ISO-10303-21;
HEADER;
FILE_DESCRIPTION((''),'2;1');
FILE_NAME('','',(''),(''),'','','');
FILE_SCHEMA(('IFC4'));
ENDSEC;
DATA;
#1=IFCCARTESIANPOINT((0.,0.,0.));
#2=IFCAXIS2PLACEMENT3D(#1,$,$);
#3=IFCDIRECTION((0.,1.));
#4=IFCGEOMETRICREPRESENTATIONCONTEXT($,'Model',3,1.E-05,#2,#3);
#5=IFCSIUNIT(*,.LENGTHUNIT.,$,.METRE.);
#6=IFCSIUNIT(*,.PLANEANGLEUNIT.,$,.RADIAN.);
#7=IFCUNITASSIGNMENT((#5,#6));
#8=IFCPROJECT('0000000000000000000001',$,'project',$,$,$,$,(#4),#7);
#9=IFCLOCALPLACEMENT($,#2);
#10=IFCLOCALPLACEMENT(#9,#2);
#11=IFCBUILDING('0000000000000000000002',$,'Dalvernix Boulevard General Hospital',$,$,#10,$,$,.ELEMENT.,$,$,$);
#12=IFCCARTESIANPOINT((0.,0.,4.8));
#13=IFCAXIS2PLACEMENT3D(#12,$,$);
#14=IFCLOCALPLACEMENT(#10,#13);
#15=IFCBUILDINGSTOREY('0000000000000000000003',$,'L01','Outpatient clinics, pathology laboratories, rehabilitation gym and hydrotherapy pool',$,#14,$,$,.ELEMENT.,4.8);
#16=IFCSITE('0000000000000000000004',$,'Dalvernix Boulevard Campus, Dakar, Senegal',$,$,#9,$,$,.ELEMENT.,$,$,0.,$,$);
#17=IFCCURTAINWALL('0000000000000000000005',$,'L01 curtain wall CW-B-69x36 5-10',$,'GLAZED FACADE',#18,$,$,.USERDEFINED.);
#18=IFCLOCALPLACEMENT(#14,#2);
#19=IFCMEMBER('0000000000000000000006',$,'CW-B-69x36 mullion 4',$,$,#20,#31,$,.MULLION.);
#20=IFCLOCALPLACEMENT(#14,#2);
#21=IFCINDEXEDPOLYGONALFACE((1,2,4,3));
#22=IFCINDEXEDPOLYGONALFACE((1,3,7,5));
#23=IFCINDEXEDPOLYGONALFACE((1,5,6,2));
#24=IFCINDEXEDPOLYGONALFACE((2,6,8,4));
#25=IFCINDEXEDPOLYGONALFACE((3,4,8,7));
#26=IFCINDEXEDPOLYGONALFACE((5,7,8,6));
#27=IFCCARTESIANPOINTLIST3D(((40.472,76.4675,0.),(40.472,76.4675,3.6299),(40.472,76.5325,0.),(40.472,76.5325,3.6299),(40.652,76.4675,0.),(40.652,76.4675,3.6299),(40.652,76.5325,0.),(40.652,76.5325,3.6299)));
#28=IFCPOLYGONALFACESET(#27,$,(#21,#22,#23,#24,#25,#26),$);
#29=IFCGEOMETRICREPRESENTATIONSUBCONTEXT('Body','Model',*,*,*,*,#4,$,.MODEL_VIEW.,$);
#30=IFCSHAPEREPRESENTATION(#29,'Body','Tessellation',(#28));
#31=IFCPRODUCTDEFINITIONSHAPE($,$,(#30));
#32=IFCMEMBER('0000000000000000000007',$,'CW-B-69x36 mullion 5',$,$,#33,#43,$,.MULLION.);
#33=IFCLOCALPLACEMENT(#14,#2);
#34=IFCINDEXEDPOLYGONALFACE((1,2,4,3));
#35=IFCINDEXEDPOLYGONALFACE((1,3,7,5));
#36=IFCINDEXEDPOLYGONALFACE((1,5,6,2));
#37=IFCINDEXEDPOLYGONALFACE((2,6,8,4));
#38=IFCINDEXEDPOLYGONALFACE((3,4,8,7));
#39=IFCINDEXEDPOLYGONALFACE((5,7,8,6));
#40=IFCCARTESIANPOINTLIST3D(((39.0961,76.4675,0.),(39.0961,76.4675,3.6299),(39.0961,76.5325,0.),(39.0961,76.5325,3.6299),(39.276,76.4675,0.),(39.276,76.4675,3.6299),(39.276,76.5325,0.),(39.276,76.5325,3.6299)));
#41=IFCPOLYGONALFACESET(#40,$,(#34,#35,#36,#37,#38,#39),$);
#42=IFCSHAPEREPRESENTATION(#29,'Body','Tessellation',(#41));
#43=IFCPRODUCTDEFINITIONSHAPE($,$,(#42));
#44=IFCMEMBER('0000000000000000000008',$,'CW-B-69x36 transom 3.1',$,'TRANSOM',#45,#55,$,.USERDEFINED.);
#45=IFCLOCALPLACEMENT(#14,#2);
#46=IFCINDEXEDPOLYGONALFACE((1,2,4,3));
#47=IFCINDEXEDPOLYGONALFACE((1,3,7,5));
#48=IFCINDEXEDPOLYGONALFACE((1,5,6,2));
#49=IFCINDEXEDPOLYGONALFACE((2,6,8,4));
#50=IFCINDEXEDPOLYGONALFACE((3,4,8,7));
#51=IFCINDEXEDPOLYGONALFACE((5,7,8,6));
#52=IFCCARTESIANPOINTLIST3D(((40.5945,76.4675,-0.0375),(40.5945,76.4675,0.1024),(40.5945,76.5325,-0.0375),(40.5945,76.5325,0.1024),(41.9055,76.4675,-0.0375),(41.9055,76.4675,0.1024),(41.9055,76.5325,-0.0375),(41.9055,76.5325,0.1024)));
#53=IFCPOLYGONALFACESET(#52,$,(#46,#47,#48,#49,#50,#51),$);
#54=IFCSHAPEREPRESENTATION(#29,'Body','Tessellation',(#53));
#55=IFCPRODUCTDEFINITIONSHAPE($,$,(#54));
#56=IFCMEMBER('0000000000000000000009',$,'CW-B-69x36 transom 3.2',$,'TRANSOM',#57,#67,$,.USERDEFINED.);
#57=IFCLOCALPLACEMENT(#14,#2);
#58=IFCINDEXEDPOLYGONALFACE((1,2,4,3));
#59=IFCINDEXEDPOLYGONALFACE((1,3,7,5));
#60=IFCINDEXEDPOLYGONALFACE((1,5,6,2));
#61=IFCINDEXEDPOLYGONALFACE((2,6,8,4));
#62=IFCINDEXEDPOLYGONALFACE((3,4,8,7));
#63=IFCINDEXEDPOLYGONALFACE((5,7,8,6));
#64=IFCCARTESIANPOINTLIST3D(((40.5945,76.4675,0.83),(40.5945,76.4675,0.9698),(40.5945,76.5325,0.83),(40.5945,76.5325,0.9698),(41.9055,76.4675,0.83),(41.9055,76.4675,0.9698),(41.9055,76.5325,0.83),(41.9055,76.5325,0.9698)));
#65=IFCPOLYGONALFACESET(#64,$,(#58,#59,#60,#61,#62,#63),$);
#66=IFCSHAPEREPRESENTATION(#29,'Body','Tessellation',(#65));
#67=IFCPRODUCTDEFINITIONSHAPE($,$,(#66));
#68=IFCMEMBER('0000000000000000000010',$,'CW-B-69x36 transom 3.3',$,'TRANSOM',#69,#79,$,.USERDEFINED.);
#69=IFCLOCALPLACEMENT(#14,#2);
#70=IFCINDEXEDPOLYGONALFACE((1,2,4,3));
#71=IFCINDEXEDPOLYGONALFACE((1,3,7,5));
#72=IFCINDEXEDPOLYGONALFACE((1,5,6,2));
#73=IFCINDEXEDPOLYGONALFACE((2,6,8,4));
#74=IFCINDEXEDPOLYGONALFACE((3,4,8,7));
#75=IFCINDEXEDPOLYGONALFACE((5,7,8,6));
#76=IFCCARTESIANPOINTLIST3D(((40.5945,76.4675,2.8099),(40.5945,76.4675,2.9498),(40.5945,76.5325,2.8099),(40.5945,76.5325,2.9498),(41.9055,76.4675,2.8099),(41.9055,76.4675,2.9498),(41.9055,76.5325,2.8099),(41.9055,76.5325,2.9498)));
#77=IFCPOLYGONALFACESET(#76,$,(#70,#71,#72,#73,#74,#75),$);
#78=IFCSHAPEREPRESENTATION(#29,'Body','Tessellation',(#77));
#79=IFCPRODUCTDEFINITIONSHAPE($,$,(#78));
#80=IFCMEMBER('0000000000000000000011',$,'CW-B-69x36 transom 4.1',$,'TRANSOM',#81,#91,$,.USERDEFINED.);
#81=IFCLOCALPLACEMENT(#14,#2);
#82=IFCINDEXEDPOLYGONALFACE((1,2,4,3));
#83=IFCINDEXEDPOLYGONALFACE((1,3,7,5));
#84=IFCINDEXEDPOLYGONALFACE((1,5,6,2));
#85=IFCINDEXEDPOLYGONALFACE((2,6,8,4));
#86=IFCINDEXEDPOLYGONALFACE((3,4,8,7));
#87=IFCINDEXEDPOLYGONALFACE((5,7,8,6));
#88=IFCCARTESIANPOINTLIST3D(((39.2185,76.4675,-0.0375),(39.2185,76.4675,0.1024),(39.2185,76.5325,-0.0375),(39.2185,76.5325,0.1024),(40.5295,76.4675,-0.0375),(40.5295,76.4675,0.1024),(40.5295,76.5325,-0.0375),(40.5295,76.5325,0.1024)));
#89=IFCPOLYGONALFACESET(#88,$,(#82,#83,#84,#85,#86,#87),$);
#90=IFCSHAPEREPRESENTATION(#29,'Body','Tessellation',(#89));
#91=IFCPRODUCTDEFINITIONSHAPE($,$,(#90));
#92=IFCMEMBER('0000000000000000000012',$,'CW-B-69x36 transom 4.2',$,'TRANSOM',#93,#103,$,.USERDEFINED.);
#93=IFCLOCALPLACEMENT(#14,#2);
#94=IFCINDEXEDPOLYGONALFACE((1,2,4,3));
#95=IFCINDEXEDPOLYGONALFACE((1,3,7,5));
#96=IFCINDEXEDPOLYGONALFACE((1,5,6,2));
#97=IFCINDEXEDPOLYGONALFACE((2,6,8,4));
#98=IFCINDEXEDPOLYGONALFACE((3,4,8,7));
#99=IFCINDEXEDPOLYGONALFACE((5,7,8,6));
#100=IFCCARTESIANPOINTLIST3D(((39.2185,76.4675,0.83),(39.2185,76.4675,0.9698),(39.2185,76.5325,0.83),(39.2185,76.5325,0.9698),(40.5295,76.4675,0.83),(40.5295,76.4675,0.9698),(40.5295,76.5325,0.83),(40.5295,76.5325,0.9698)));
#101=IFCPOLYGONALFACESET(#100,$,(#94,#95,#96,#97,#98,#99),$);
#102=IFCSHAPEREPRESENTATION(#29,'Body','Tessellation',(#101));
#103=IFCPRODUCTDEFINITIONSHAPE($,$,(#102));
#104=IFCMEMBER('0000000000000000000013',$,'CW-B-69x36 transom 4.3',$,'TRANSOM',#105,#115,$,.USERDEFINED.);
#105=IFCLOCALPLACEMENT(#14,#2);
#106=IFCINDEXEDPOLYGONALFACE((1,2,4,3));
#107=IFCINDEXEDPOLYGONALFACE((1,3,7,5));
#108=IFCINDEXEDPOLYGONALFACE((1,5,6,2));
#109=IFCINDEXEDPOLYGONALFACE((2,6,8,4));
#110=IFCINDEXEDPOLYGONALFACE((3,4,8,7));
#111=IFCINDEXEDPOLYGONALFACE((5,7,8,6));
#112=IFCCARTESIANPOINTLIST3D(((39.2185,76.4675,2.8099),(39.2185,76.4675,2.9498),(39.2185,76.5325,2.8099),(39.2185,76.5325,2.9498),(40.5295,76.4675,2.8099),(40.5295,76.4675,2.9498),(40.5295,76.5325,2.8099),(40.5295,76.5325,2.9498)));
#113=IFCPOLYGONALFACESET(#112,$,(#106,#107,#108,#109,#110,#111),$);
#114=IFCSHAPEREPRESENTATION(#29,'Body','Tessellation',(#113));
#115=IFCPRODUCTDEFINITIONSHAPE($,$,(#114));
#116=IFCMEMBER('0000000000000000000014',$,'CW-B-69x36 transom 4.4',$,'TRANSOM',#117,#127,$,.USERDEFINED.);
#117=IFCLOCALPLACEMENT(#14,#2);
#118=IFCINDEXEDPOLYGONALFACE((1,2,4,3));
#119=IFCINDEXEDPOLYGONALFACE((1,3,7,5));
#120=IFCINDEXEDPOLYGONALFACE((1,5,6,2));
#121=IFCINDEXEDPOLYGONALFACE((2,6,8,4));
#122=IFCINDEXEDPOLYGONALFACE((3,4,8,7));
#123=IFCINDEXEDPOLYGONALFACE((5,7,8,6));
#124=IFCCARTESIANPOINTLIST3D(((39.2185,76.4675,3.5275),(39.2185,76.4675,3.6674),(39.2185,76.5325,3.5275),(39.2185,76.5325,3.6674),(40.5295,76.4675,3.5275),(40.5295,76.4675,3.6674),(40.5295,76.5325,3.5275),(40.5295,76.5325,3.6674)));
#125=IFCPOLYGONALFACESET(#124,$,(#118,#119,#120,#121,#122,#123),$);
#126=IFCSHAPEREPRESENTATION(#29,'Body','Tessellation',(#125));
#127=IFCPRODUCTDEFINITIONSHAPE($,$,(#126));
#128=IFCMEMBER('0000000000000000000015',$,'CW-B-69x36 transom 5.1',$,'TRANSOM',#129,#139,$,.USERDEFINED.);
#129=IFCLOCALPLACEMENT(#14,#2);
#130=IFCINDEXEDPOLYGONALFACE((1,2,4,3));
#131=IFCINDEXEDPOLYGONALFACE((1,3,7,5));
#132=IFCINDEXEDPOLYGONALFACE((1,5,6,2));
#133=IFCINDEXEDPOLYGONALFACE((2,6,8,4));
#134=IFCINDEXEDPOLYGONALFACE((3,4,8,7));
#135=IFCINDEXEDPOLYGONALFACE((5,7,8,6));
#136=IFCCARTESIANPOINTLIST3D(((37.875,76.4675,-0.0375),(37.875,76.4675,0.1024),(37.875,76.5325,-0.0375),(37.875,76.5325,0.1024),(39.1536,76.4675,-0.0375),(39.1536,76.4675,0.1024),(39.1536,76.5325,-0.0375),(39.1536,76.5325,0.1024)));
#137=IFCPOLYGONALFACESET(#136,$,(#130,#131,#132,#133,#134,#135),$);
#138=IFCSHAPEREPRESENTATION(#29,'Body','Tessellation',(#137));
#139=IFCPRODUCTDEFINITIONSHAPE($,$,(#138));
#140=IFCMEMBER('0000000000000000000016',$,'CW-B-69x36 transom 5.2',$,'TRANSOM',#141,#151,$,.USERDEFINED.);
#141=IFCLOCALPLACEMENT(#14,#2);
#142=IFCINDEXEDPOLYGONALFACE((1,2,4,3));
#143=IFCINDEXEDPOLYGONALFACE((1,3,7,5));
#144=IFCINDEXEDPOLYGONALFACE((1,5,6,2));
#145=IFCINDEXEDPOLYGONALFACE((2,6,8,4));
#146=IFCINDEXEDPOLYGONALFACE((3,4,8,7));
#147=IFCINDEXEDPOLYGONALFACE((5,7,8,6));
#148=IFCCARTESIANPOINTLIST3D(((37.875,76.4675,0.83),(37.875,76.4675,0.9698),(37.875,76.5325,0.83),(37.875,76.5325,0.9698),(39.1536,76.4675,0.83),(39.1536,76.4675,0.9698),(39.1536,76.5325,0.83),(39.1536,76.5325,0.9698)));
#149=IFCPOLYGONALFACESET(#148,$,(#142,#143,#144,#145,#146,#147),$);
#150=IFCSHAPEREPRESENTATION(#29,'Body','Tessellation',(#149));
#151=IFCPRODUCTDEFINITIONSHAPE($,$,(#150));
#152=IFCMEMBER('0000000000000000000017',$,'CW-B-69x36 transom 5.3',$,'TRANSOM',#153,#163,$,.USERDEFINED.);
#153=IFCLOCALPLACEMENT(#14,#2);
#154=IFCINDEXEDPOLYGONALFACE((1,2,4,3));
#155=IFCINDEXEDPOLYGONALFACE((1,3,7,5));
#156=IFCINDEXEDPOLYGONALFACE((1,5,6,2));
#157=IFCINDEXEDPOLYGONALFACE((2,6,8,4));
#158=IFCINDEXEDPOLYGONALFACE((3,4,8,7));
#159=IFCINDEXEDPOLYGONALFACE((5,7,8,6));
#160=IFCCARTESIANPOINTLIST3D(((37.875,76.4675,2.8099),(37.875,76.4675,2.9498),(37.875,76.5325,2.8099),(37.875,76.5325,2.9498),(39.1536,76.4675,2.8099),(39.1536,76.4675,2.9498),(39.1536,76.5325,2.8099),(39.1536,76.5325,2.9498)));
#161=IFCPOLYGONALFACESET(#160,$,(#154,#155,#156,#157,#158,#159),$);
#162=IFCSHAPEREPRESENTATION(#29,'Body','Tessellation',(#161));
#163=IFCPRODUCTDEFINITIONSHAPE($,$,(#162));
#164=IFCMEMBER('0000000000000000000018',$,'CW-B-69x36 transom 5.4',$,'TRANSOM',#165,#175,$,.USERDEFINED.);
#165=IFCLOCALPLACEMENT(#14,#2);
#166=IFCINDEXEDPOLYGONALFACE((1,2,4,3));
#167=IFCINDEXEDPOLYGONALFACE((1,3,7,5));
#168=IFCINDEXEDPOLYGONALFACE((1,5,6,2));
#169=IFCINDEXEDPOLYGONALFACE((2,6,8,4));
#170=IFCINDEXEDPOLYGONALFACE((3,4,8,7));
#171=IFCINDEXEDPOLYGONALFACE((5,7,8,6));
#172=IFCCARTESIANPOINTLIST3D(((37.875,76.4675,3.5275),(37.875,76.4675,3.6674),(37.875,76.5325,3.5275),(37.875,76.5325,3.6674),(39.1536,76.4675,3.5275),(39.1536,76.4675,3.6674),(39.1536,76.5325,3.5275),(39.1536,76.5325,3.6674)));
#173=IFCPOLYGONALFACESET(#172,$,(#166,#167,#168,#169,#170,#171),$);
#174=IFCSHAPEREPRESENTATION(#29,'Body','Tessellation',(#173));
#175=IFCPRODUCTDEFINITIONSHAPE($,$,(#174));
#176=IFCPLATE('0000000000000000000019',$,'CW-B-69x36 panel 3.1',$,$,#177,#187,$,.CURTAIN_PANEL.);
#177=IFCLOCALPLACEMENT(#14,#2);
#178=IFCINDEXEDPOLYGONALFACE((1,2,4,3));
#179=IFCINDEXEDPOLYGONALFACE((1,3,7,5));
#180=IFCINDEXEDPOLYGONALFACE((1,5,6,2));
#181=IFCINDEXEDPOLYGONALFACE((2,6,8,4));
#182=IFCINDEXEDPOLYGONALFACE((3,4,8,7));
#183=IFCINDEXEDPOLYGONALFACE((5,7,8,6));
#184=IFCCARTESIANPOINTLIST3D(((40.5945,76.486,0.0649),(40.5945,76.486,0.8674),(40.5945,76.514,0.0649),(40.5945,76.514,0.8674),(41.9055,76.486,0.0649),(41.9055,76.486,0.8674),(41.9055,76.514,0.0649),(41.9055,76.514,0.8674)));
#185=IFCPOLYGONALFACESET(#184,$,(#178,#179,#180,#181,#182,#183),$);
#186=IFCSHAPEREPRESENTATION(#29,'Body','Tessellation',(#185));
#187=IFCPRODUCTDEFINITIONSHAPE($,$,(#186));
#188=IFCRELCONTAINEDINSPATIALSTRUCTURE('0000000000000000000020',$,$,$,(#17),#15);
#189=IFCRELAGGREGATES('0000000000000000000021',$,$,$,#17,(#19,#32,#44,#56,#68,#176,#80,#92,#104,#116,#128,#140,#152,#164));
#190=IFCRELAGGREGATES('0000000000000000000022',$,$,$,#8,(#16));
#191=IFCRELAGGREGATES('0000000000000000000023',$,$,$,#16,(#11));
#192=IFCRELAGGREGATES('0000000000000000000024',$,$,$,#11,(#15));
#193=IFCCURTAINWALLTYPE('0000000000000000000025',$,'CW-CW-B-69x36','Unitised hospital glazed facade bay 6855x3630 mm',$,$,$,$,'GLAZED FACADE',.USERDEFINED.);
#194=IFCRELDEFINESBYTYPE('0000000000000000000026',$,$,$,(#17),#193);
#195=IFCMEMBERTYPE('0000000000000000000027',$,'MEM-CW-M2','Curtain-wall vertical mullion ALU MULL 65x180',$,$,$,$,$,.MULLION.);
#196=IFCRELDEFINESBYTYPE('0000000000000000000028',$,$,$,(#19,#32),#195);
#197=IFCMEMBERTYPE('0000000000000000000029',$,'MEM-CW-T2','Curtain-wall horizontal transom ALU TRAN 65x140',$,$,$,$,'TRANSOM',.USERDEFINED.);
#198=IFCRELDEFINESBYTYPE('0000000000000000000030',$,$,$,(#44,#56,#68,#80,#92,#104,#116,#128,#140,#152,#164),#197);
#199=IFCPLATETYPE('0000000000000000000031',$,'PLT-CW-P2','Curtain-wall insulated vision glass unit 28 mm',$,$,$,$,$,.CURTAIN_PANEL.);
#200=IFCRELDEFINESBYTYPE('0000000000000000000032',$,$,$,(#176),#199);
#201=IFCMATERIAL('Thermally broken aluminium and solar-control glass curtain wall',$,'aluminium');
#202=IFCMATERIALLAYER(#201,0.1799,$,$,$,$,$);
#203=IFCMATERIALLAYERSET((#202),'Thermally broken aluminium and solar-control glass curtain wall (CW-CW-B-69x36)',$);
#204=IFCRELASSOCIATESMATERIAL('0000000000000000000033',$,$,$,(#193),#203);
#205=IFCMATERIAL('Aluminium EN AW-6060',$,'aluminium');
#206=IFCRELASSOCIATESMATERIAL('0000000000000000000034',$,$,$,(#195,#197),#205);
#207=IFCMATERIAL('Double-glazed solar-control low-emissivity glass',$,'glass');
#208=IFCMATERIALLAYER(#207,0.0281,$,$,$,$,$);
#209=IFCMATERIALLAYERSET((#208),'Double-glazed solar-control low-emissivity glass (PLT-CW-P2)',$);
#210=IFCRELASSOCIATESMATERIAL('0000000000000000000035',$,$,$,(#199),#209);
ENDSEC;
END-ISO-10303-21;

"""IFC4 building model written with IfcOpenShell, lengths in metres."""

from ifc_helpers import new_model, si_unit, direction, frame, origin, origin_2d, place, context, subcontext, project, spatial, rectangle, extrude, material, layer, layer_set, material_profile, profile_set, type_object, element, aggregate, save


model = new_model("IFC4")

# Units and contexts
model_context = context("Model", 3, precision=1e-05, world=origin(), true_north=direction((0.0, 1.0)))
body_context = subcontext(model_context, "Body", "Model", "MODEL_VIEW")
ifc_project = project(units=[si_unit("LENGTHUNIT", "METRE"), si_unit("PLANEANGLEUNIT", "RADIAN")], contexts=[model_context])

# Site, building, storey
site_placement = place(None, origin())
site = spatial("IfcSite", under=ifc_project, at=site_placement, Name="Dalvernix Boulevard Campus, Dakar, Senegal", CompositionType="ELEMENT", RefElevation=0.0)
building_placement = place(site_placement, origin())
building = spatial("IfcBuilding", under=site, at=building_placement, Name="Dalvernix Boulevard General Hospital", CompositionType="ELEMENT")
storey_placement = place(building_placement, frame((0.0, 0.0, 4.8)))
storey = spatial("IfcBuildingStorey", under=building, at=storey_placement, Name="L01", Description="Outpatient clinics, pathology laboratories, rehabilitation gym and hydrotherapy pool", CompositionType="ELEMENT", Elevation=4.8)

# Curtain wall, members, plate
ifc_material_1 = material(Name="Thermally broken aluminium and solar-control glass curtain wall", Category="aluminium")
ifc_layer_1 = layer(ifc_material_1, 0.1799)
ifc_layer_set_1 = layer_set([ifc_layer_1], Name="Thermally broken aluminium and solar-control glass curtain wall (CW-CW-B-69x36)")
curtain_wall_type = type_object("IfcCurtainWallType", Name="CW-CW-B-69x36", Description="Unitised hospital glazed facade bay 6855x3630 mm", ElementType="GLAZED FACADE", PredefinedType="USERDEFINED", material=ifc_layer_set_1)
curtain_wall_placement = place(storey_placement, origin())
curtain_wall = element("IfcCurtainWall", 1, at=curtain_wall_placement, inside=storey, type_object=curtain_wall_type, Name="L01 curtain wall CW-B-69x36 5-10", ObjectType="GLAZED FACADE", PredefinedType="USERDEFINED")
ifc_material_2 = material(Name="Aluminium EN AW-6060", Category="aluminium")
ifc_material_profile_1 = material_profile(ifc_material_2, rectangle(XDim=0.0649, YDim=0.1799, at=origin_2d()), Name="ALU MULL 65x180")
ifc_profile_set_1 = profile_set([ifc_material_profile_1], Name="Aluminium EN AW-6060")
member_type_1 = type_object("IfcMemberType", Name="MEM-CW-M2", Description="Curtain-wall vertical mullion ALU MULL 65x180", PredefinedType="MULLION", material=ifc_profile_set_1)
member_1_placement = place(storey_placement, frame((40.562, 76.5, 0.0), z_axis=(0.0, 0.0, 1.0), x_axis=(0.0, -1.0, 0.0)))
member_1 = element("IfcMember", 2, at=member_1_placement, type_object=member_type_1, Name="CW-B-69x36 mullion 4", PredefinedType="MULLION", context=body_context, shape_type="SweptSolid", body=[
    extrude(rectangle(XDim=0.0649, YDim=0.1799, at=origin_2d()), origin(), (0.0, 0.0, 1.0), 3.6299),
])
member_2_placement = place(storey_placement, frame((39.186, 76.5, 0.0), z_axis=(0.0, 0.0, 1.0), x_axis=(0.0, -1.0, 0.0)))
member_2 = element("IfcMember", 3, at=member_2_placement, type_object=member_type_1, Name="CW-B-69x36 mullion 5", PredefinedType="MULLION", context=body_context, shape_type="SweptSolid", body=[
    extrude(rectangle(XDim=0.0649, YDim=0.1799, at=origin_2d()), origin(), (0.0, 0.0, 1.0), 3.6299),
])
ifc_material_profile_2 = material_profile(ifc_material_2, rectangle(XDim=0.0649, YDim=0.1399, at=origin_2d()), Name="ALU TRAN 65x140")
ifc_profile_set_2 = profile_set([ifc_material_profile_2], Name="Aluminium EN AW-6060")
member_type_2 = type_object("IfcMemberType", Name="MEM-CW-T2", Description="Curtain-wall horizontal transom ALU TRAN 65x140", ElementType="TRANSOM", PredefinedType="USERDEFINED", material=ifc_profile_set_2)
member_3_placement = place(storey_placement, frame((41.9055, 76.5, 0.0325), z_axis=(-1.0, 0.0, 0.0), x_axis=(0.0, -1.0, 0.0)))
member_3 = element("IfcMember", 4, at=member_3_placement, type_object=member_type_2, Name="CW-B-69x36 transom 3.1", ObjectType="TRANSOM", PredefinedType="USERDEFINED", context=body_context, shape_type="SweptSolid", body=[
    extrude(rectangle(XDim=0.0649, YDim=0.1399, at=origin_2d()), origin(), (0.0, 0.0, 1.0), 1.311),
])
member_4_placement = place(storey_placement, frame((41.9055, 76.5, 0.8999), z_axis=(-1.0, 0.0, 0.0), x_axis=(0.0, -1.0, 0.0)))
member_4 = element("IfcMember", 5, at=member_4_placement, type_object=member_type_2, Name="CW-B-69x36 transom 3.2", ObjectType="TRANSOM", PredefinedType="USERDEFINED", context=body_context, shape_type="SweptSolid", body=[
    extrude(rectangle(XDim=0.0649, YDim=0.1399, at=origin_2d()), origin(), (0.0, 0.0, 1.0), 1.311),
])
member_5_placement = place(storey_placement, frame((41.9055, 76.5, 2.8799), z_axis=(-1.0, 0.0, 0.0), x_axis=(0.0, -1.0, 0.0)))
member_5 = element("IfcMember", 6, at=member_5_placement, type_object=member_type_2, Name="CW-B-69x36 transom 3.3", ObjectType="TRANSOM", PredefinedType="USERDEFINED", context=body_context, shape_type="SweptSolid", body=[
    extrude(rectangle(XDim=0.0649, YDim=0.1399, at=origin_2d()), origin(), (0.0, 0.0, 1.0), 1.311),
])
member_6_placement = place(storey_placement, frame((40.5295, 76.5, 0.0325), z_axis=(-1.0, 0.0, 0.0), x_axis=(0.0, -1.0, 0.0)))
member_6 = element("IfcMember", 7, at=member_6_placement, type_object=member_type_2, Name="CW-B-69x36 transom 4.1", ObjectType="TRANSOM", PredefinedType="USERDEFINED", context=body_context, shape_type="SweptSolid", body=[
    extrude(rectangle(XDim=0.0649, YDim=0.1399, at=origin_2d()), origin(), (0.0, 0.0, 1.0), 1.311),
])
member_7_placement = place(storey_placement, frame((40.5295, 76.5, 0.8999), z_axis=(-1.0, 0.0, 0.0), x_axis=(0.0, -1.0, 0.0)))
member_7 = element("IfcMember", 8, at=member_7_placement, type_object=member_type_2, Name="CW-B-69x36 transom 4.2", ObjectType="TRANSOM", PredefinedType="USERDEFINED", context=body_context, shape_type="SweptSolid", body=[
    extrude(rectangle(XDim=0.0649, YDim=0.1399, at=origin_2d()), origin(), (0.0, 0.0, 1.0), 1.311),
])
member_8_placement = place(storey_placement, frame((40.5295, 76.5, 2.8799), z_axis=(-1.0, 0.0, 0.0), x_axis=(0.0, -1.0, 0.0)))
member_8 = element("IfcMember", 9, at=member_8_placement, type_object=member_type_2, Name="CW-B-69x36 transom 4.3", ObjectType="TRANSOM", PredefinedType="USERDEFINED", context=body_context, shape_type="SweptSolid", body=[
    extrude(rectangle(XDim=0.0649, YDim=0.1399, at=origin_2d()), origin(), (0.0, 0.0, 1.0), 1.311),
])
member_9_placement = place(storey_placement, frame((40.5295, 76.5, 3.5974), z_axis=(-1.0, 0.0, 0.0), x_axis=(0.0, -1.0, 0.0)))
member_9 = element("IfcMember", 10, at=member_9_placement, type_object=member_type_2, Name="CW-B-69x36 transom 4.4", ObjectType="TRANSOM", PredefinedType="USERDEFINED", context=body_context, shape_type="SweptSolid", body=[
    extrude(rectangle(XDim=0.0649, YDim=0.1399, at=origin_2d()), origin(), (0.0, 0.0, 1.0), 1.311),
])
member_10_placement = place(storey_placement, frame((39.1536, 76.5, 0.0325), z_axis=(-1.0, 0.0, 0.0), x_axis=(0.0, -1.0, 0.0)))
member_10 = element("IfcMember", 11, at=member_10_placement, type_object=member_type_2, Name="CW-B-69x36 transom 5.1", ObjectType="TRANSOM", PredefinedType="USERDEFINED", context=body_context, shape_type="SweptSolid", body=[
    extrude(rectangle(XDim=0.0649, YDim=0.1399, at=origin_2d()), origin(), (0.0, 0.0, 1.0), 1.2786),
])
member_11_placement = place(storey_placement, frame((39.1536, 76.5, 0.8999), z_axis=(-1.0, 0.0, 0.0), x_axis=(0.0, -1.0, 0.0)))
member_11 = element("IfcMember", 12, at=member_11_placement, type_object=member_type_2, Name="CW-B-69x36 transom 5.2", ObjectType="TRANSOM", PredefinedType="USERDEFINED", context=body_context, shape_type="SweptSolid", body=[
    extrude(rectangle(XDim=0.0649, YDim=0.1399, at=origin_2d()), origin(), (0.0, 0.0, 1.0), 1.2786),
])
member_12_placement = place(storey_placement, frame((39.1536, 76.5, 2.8799), z_axis=(-1.0, 0.0, 0.0), x_axis=(0.0, -1.0, 0.0)))
member_12 = element("IfcMember", 13, at=member_12_placement, type_object=member_type_2, Name="CW-B-69x36 transom 5.3", ObjectType="TRANSOM", PredefinedType="USERDEFINED", context=body_context, shape_type="SweptSolid", body=[
    extrude(rectangle(XDim=0.0649, YDim=0.1399, at=origin_2d()), origin(), (0.0, 0.0, 1.0), 1.2786),
])
member_13_placement = place(storey_placement, frame((39.1536, 76.5, 3.5974), z_axis=(-1.0, 0.0, 0.0), x_axis=(0.0, -1.0, 0.0)))
member_13 = element("IfcMember", 14, at=member_13_placement, type_object=member_type_2, Name="CW-B-69x36 transom 5.4", ObjectType="TRANSOM", PredefinedType="USERDEFINED", context=body_context, shape_type="SweptSolid", body=[
    extrude(rectangle(XDim=0.0649, YDim=0.1399, at=origin_2d()), origin(), (0.0, 0.0, 1.0), 1.2786),
])
ifc_material_3 = material(Name="Double-glazed solar-control low-emissivity glass", Category="glass")
ifc_layer_2 = layer(ifc_material_3, 0.0281)
ifc_layer_set_2 = layer_set([ifc_layer_2], Name="Double-glazed solar-control low-emissivity glass (PLT-CW-P2)")
plate_type = type_object("IfcPlateType", Name="PLT-CW-P2", Description="Curtain-wall insulated vision glass unit 28 mm", PredefinedType="CURTAIN_PANEL", material=ifc_layer_set_2)
plate_1_placement = place(storey_placement, frame((41.25, 76.5, 0.0649), z_axis=(0.0, 0.0, 1.0), x_axis=(-1.0, 0.0, 0.0)))
plate_1 = element("IfcPlate", 15, at=plate_1_placement, type_object=plate_type, Name="CW-B-69x36 panel 3.1", PredefinedType="CURTAIN_PANEL", context=body_context, shape_type="SweptSolid", body=[
    extrude(rectangle(XDim=1.311, YDim=0.0281, at=origin_2d()), origin(), (0.0, 0.0, 1.0), 0.8025),
])
aggregate(curtain_wall, [member_1, member_2, member_3, member_4, member_5, plate_1, member_6, member_7, member_8, member_9, member_10, member_11, member_12, member_13])

save(model, "model.ifc")
